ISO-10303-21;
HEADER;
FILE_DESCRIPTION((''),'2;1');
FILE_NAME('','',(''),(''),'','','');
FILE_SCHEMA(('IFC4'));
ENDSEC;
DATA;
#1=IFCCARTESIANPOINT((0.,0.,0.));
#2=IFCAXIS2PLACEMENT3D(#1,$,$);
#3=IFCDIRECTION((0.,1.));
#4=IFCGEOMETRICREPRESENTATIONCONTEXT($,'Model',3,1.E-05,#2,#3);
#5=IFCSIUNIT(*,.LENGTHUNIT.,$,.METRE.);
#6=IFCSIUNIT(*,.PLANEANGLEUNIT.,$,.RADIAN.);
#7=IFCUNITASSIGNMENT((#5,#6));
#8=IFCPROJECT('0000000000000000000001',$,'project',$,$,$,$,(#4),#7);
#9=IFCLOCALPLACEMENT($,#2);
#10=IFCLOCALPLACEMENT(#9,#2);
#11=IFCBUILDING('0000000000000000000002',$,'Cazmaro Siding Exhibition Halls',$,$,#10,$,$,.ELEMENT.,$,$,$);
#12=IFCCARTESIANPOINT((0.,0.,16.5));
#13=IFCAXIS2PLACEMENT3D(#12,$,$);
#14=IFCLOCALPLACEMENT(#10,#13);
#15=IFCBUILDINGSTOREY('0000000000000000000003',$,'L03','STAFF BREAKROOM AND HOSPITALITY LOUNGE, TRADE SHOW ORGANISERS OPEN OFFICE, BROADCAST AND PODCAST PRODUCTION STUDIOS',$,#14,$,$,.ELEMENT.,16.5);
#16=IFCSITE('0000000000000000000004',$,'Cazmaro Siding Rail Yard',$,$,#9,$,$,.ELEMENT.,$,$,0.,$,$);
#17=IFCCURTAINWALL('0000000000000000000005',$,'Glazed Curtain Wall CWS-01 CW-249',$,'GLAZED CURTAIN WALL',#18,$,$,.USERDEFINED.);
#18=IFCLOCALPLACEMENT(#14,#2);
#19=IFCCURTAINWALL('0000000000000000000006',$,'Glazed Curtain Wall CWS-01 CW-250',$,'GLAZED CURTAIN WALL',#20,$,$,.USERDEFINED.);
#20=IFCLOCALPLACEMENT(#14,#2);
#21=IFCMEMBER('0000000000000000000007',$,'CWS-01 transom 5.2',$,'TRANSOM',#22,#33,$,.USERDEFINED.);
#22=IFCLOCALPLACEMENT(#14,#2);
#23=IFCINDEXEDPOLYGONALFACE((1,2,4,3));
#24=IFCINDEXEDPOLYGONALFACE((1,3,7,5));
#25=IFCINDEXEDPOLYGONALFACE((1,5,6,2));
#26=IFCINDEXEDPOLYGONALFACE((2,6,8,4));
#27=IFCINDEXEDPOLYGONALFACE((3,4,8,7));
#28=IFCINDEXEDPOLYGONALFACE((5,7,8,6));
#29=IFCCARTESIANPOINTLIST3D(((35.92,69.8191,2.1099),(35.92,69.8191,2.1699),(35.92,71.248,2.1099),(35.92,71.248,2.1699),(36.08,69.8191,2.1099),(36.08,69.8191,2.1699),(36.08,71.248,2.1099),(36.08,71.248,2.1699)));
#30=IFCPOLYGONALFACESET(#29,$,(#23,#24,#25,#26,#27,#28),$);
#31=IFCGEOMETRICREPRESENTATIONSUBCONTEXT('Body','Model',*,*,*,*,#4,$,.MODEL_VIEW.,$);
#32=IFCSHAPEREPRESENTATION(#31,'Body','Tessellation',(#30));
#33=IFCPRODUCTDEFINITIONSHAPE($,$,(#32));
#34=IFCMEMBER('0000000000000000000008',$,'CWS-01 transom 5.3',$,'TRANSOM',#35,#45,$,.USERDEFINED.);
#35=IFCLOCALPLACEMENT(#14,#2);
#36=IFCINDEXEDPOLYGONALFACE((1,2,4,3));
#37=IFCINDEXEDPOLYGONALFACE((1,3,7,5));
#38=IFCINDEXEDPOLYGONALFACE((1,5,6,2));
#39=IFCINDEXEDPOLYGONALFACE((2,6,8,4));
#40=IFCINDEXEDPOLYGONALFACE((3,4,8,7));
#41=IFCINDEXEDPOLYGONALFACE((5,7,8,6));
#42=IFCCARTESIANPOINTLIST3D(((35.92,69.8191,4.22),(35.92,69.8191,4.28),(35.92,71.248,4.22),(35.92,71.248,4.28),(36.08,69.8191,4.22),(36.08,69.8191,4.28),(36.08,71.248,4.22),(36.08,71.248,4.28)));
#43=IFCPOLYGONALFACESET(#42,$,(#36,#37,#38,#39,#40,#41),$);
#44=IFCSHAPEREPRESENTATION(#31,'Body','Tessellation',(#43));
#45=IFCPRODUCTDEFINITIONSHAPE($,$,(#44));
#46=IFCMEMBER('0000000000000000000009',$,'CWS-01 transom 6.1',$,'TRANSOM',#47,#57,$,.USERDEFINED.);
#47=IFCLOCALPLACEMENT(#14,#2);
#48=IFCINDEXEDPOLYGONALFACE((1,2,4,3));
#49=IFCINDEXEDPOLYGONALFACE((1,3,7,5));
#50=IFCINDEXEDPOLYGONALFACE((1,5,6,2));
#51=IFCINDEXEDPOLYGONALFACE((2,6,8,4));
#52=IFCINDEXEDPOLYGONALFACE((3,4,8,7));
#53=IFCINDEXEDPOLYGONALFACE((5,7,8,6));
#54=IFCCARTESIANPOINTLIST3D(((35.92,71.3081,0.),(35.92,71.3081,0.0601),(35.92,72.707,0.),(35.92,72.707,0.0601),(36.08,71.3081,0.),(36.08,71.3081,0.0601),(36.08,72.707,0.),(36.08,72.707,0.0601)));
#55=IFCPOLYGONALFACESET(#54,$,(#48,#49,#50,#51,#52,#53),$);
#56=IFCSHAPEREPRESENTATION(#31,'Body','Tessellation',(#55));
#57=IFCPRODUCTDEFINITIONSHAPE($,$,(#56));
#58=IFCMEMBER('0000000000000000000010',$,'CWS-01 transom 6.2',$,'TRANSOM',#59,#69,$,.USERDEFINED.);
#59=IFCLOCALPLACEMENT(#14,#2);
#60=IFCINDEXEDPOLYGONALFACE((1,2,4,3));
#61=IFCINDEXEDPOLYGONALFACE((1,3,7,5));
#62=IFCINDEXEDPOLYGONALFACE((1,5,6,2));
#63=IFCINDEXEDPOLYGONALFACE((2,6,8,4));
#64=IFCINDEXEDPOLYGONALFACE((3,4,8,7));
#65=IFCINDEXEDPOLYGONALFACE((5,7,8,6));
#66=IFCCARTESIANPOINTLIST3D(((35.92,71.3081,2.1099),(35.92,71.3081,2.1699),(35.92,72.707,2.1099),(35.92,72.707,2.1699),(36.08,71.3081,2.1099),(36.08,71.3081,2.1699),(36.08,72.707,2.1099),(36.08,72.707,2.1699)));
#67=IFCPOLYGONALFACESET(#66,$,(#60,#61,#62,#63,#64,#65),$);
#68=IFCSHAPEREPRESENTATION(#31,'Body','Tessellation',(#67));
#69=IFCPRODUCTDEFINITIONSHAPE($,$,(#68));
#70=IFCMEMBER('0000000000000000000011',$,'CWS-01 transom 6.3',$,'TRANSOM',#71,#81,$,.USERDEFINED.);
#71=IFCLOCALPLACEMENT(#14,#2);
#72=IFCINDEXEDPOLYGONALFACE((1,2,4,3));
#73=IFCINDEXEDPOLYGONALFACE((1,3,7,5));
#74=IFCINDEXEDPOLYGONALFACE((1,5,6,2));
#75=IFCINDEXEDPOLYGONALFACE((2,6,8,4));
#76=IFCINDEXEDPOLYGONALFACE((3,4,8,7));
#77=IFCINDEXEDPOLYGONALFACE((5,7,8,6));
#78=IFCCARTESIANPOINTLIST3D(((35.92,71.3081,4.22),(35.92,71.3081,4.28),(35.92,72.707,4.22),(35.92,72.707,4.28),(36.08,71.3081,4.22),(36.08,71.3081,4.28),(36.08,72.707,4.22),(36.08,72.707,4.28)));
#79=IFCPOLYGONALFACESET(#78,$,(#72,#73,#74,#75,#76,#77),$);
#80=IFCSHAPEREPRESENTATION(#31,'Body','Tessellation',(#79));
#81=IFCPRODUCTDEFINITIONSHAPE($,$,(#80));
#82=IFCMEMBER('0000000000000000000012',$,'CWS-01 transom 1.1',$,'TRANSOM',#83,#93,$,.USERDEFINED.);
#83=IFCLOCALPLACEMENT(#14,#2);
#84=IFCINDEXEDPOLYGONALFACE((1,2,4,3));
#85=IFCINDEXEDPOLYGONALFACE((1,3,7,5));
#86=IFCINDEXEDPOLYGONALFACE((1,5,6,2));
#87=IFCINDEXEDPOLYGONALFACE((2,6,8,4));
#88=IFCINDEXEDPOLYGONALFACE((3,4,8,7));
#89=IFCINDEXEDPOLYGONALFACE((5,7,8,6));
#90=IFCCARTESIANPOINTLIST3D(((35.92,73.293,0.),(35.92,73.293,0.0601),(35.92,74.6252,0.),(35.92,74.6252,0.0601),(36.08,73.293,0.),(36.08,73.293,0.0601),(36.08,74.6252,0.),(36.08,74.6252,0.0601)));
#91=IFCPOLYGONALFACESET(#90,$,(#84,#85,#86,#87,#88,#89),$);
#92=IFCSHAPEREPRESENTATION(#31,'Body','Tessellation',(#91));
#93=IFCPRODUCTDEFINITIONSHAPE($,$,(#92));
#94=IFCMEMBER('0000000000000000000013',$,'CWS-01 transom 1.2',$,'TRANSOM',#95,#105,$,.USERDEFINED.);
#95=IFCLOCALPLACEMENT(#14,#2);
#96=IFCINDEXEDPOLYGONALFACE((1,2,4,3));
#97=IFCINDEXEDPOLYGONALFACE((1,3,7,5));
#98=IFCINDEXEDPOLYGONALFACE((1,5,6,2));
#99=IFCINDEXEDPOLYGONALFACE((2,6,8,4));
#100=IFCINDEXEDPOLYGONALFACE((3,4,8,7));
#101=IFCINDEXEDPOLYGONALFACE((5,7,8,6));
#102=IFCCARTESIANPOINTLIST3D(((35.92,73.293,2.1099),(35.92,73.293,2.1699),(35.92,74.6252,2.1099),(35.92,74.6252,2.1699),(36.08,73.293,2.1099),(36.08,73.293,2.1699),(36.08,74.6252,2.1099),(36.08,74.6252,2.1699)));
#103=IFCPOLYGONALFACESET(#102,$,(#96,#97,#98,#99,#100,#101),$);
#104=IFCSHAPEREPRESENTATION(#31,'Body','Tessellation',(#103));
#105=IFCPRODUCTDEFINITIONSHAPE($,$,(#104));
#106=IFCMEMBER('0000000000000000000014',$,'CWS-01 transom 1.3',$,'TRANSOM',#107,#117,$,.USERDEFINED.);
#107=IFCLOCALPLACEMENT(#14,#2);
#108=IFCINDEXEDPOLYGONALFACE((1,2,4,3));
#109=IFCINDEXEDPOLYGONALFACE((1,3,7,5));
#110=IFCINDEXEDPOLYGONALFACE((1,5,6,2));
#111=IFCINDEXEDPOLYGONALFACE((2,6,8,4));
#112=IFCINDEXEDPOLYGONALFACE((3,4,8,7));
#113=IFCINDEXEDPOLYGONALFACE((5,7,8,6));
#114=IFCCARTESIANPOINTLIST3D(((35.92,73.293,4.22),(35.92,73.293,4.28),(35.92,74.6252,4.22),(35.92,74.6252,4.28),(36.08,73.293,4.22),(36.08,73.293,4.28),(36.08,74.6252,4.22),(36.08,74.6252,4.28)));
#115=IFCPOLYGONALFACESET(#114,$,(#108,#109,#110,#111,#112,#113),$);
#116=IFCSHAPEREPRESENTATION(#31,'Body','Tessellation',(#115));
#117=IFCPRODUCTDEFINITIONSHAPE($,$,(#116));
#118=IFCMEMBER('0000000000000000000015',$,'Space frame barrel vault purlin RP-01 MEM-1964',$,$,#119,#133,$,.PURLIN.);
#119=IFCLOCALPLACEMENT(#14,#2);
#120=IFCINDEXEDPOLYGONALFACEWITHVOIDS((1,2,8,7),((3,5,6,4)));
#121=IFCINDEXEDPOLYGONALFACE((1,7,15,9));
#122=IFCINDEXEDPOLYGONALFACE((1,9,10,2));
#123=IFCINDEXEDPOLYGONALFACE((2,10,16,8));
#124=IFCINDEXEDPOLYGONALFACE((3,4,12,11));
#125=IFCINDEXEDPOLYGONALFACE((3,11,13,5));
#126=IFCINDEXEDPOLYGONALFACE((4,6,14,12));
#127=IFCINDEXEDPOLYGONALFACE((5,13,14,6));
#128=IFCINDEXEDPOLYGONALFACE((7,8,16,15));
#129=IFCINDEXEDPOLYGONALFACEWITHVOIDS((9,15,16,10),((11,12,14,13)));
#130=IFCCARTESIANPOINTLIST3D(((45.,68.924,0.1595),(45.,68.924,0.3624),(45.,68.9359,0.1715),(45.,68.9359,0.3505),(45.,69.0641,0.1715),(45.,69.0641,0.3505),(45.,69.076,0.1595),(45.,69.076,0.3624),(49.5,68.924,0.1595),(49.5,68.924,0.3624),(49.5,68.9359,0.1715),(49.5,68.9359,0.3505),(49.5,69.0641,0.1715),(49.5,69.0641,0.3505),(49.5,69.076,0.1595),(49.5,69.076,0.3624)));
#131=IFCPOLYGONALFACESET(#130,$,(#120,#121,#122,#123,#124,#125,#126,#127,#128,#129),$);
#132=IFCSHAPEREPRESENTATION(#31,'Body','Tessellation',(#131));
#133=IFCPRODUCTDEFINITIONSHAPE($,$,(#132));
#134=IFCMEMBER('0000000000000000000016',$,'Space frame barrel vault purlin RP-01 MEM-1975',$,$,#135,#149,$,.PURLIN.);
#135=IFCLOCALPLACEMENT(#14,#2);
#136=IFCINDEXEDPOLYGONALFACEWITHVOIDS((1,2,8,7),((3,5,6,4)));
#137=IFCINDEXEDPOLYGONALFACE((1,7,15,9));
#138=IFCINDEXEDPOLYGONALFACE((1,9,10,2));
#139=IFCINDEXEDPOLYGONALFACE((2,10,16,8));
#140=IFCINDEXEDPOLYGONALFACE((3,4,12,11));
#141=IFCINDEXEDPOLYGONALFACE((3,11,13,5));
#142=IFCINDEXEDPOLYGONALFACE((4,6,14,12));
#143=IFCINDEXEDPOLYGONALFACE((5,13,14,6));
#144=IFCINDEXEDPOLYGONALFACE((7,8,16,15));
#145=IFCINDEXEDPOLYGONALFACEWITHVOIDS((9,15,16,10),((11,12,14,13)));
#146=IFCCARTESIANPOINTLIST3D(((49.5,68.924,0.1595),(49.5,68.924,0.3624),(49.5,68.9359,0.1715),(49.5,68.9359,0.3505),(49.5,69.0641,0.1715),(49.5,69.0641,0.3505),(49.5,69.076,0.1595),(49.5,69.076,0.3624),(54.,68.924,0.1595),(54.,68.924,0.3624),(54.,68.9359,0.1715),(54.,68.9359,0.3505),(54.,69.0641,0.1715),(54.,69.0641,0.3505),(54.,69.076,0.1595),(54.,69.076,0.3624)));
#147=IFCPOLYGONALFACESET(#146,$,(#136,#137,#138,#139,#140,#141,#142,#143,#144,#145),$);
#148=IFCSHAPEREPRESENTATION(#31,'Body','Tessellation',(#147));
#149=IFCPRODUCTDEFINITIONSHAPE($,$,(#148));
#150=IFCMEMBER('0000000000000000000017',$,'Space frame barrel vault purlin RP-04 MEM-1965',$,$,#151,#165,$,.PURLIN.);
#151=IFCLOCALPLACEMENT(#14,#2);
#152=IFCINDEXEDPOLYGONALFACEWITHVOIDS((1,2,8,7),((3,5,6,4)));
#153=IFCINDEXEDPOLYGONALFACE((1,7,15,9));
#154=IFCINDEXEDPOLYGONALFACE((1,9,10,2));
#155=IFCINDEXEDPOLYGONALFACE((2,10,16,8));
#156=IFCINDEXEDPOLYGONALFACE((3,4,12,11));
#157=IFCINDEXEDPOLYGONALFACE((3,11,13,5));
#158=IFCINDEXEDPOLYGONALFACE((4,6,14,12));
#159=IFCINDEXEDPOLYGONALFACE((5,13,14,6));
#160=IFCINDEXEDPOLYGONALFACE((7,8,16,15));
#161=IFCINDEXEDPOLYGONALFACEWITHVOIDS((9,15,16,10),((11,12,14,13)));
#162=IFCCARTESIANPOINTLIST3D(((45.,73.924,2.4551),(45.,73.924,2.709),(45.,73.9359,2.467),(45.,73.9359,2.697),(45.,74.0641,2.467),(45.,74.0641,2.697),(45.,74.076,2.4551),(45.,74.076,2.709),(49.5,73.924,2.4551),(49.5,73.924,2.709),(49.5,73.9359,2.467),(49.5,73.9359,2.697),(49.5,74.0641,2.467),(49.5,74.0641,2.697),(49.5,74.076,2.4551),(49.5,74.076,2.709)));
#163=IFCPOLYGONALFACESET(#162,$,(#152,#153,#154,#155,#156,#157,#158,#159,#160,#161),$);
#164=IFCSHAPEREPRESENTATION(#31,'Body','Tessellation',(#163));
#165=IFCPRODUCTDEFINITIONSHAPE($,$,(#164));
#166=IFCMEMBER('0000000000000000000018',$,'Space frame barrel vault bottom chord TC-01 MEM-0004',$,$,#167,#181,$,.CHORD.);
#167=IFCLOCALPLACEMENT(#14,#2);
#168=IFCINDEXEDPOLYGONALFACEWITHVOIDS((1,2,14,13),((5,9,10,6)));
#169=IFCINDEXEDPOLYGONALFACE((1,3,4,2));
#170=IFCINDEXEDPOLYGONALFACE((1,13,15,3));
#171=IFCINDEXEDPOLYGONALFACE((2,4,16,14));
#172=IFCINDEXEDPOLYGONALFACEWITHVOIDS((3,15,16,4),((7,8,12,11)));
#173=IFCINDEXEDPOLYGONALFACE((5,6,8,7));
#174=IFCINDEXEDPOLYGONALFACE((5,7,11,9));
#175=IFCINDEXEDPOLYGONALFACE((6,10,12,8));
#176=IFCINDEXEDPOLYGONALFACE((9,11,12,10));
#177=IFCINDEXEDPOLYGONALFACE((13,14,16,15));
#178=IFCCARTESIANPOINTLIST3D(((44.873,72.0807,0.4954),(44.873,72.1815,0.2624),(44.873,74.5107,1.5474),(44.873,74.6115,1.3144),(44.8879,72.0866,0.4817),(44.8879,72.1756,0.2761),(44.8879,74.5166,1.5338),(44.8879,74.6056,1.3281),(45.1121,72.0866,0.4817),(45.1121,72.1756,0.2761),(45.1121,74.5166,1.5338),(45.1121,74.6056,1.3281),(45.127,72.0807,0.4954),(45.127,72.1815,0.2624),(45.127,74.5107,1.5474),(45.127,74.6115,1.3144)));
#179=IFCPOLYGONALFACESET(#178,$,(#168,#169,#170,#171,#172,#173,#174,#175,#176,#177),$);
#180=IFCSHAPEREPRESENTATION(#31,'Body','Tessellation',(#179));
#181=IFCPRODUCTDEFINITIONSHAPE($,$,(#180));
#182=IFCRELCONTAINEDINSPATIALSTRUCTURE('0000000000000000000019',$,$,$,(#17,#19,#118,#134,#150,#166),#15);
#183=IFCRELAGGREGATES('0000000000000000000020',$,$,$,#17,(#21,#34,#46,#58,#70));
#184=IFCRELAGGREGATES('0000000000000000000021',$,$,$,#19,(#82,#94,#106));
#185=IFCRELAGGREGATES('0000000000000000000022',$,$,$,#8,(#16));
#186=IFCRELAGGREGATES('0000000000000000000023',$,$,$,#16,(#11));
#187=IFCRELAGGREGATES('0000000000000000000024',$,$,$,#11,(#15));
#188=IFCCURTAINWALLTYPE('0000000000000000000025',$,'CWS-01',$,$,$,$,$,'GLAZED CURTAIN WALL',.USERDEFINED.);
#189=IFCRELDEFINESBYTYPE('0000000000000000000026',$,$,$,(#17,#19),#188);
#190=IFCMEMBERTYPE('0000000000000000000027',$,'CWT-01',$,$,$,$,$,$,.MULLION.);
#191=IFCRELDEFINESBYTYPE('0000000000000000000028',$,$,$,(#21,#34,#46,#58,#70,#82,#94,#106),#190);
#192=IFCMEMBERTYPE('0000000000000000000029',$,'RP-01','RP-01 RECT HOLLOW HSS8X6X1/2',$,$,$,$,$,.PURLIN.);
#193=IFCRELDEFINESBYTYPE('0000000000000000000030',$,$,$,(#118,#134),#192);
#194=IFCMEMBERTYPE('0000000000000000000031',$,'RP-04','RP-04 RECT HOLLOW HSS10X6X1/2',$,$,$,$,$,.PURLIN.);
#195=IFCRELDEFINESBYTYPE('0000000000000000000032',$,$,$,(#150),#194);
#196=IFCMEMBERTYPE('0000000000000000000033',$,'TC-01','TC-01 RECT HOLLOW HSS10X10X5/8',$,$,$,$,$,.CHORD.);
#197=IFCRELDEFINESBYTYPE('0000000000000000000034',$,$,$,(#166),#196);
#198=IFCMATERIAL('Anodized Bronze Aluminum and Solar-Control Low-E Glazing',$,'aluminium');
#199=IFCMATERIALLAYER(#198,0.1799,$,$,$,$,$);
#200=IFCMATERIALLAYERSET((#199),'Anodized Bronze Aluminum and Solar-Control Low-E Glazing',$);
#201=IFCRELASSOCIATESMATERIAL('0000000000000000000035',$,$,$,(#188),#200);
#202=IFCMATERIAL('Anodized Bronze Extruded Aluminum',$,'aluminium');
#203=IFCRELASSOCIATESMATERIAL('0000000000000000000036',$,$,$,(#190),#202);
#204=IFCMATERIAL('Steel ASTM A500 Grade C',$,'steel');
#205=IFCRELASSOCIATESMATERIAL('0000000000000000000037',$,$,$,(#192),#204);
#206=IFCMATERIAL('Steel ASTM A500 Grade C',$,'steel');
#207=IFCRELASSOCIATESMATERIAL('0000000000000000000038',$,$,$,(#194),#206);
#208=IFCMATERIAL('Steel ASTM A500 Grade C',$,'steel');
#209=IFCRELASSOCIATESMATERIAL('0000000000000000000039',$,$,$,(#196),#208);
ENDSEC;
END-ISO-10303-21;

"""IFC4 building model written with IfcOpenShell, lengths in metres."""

from ifc_helpers import new_model, si_unit, direction, frame, origin, origin_2d, place, context, subcontext, project, spatial, rectangle, hollow_rectangle, extrude, material, layer, layer_set, material_profile, profile_set, type_object, element, aggregate, save


model = new_model("IFC4")

# Units and contexts
model_context = context("Model", 3, precision=1e-05, world=origin(), true_north=direction((0.0, 1.0)))
body_context = subcontext(model_context, "Body", "Model", "MODEL_VIEW")
ifc_project = project(units=[si_unit("LENGTHUNIT", "METRE"), si_unit("PLANEANGLEUNIT", "RADIAN")], contexts=[model_context])

# Site, building, storey
site_placement = place(None, origin())
site = spatial("IfcSite", under=ifc_project, at=site_placement, Name="Cazmaro Siding Rail Yard", CompositionType="ELEMENT", RefElevation=0.0)
building_placement = place(site_placement, origin())
building = spatial("IfcBuilding", under=site, at=building_placement, Name="Cazmaro Siding Exhibition Halls", CompositionType="ELEMENT")
storey_placement = place(building_placement, frame((0.0, 0.0, 16.5)))
storey = spatial("IfcBuildingStorey", under=building, at=storey_placement, Name="L03", Description="STAFF BREAKROOM AND HOSPITALITY LOUNGE, TRADE SHOW ORGANISERS OPEN OFFICE, BROADCAST AND PODCAST PRODUCTION STUDIOS", CompositionType="ELEMENT", Elevation=16.5)

# Curtain wall
ifc_material_1 = material(Name="Anodized Bronze Aluminum and Solar-Control Low-E Glazing", Category="aluminium")
ifc_layer_1 = layer(ifc_material_1, 0.1799)
ifc_layer_set_1 = layer_set([ifc_layer_1], Name="Anodized Bronze Aluminum and Solar-Control Low-E Glazing")
curtain_wall_type = type_object("IfcCurtainWallType", Name="CWS-01", ElementType="GLAZED CURTAIN WALL", PredefinedType="USERDEFINED", material=ifc_layer_set_1)
curtain_wall_1_placement = place(storey_placement, origin())
curtain_wall_1 = element("IfcCurtainWall", 1, at=curtain_wall_1_placement, inside=storey, type_object=curtain_wall_type, Name="Glazed Curtain Wall CWS-01 CW-249", ObjectType="GLAZED CURTAIN WALL", PredefinedType="USERDEFINED")

# Curtain wall
curtain_wall_2_placement = place(storey_placement, origin())
curtain_wall_2 = element("IfcCurtainWall", 2, at=curtain_wall_2_placement, inside=storey, type_object=curtain_wall_type, Name="Glazed Curtain Wall CWS-01 CW-250", ObjectType="GLAZED CURTAIN WALL", PredefinedType="USERDEFINED")

# Members
ifc_material_2 = material(Name="Anodized Bronze Extruded Aluminum", Category="aluminium")
ifc_material_profile_1 = material_profile(ifc_material_2, rectangle(XDim=0.1599, YDim=0.0601, at=origin_2d()), Name="CWT-01")
ifc_profile_set_1 = profile_set([ifc_material_profile_1], Name="Anodized Bronze Extruded Aluminum")
member_type_1 = type_object("IfcMemberType", Name="CWT-01", PredefinedType="MULLION", material=ifc_profile_set_1)
member_1_placement = place(storey_placement, frame((36.0, 69.8191, 2.1399), z_axis=(0.0, 1.0, 0.0), x_axis=(-1.0, 0.0, 0.0)))
member_1 = element("IfcMember", 3, at=member_1_placement, type_object=member_type_1, Name="CWS-01 transom 5.2", ObjectType="TRANSOM", PredefinedType="USERDEFINED", context=body_context, shape_type="SweptSolid", body=[
    extrude(rectangle(XDim=0.1599, YDim=0.0601, at=origin_2d()), origin(), (0.0, 0.0, 1.0), 1.429),
])
member_2_placement = place(storey_placement, frame((36.0, 69.8191, 4.25), z_axis=(0.0, 1.0, 0.0), x_axis=(-1.0, 0.0, 0.0)))
member_2 = element("IfcMember", 4, at=member_2_placement, type_object=member_type_1, Name="CWS-01 transom 5.3", ObjectType="TRANSOM", PredefinedType="USERDEFINED", context=body_context, shape_type="SweptSolid", body=[
    extrude(rectangle(XDim=0.1599, YDim=0.0601, at=origin_2d()), origin(), (0.0, 0.0, 1.0), 1.429),
])
member_3_placement = place(storey_placement, frame((36.0, 71.3081, 0.03), z_axis=(0.0, 1.0, 0.0), x_axis=(-1.0, 0.0, 0.0)))
member_3 = element("IfcMember", 5, at=member_3_placement, type_object=member_type_1, Name="CWS-01 transom 6.1", ObjectType="TRANSOM", PredefinedType="USERDEFINED", context=body_context, shape_type="SweptSolid", body=[
    extrude(rectangle(XDim=0.1599, YDim=0.0601, at=origin_2d()), origin(), (0.0, 0.0, 1.0), 1.3989),
])
member_4_placement = place(storey_placement, frame((36.0, 71.3081, 2.1399), z_axis=(0.0, 1.0, 0.0), x_axis=(-1.0, 0.0, 0.0)))
member_4 = element("IfcMember", 6, at=member_4_placement, type_object=member_type_1, Name="CWS-01 transom 6.2", ObjectType="TRANSOM", PredefinedType="USERDEFINED", context=body_context, shape_type="SweptSolid", body=[
    extrude(rectangle(XDim=0.1599, YDim=0.0601, at=origin_2d()), origin(), (0.0, 0.0, 1.0), 1.3989),
])
member_5_placement = place(storey_placement, frame((36.0, 71.3081, 4.25), z_axis=(0.0, 1.0, 0.0), x_axis=(-1.0, 0.0, 0.0)))
member_5 = element("IfcMember", 7, at=member_5_placement, type_object=member_type_1, Name="CWS-01 transom 6.3", ObjectType="TRANSOM", PredefinedType="USERDEFINED", context=body_context, shape_type="SweptSolid", body=[
    extrude(rectangle(XDim=0.1599, YDim=0.0601, at=origin_2d()), origin(), (0.0, 0.0, 1.0), 1.3989),
])
member_6_placement = place(storey_placement, frame((36.0, 73.293, 0.03), z_axis=(0.0, 1.0, 0.0), x_axis=(-1.0, 0.0, 0.0)))
member_6 = element("IfcMember", 8, at=member_6_placement, type_object=member_type_1, Name="CWS-01 transom 1.1", ObjectType="TRANSOM", PredefinedType="USERDEFINED", context=body_context, shape_type="SweptSolid", body=[
    extrude(rectangle(XDim=0.1599, YDim=0.0601, at=origin_2d()), origin(), (0.0, 0.0, 1.0), 1.3323),
])
member_7_placement = place(storey_placement, frame((36.0, 73.293, 2.1399), z_axis=(0.0, 1.0, 0.0), x_axis=(-1.0, 0.0, 0.0)))
member_7 = element("IfcMember", 9, at=member_7_placement, type_object=member_type_1, Name="CWS-01 transom 1.2", ObjectType="TRANSOM", PredefinedType="USERDEFINED", context=body_context, shape_type="SweptSolid", body=[
    extrude(rectangle(XDim=0.1599, YDim=0.0601, at=origin_2d()), origin(), (0.0, 0.0, 1.0), 1.3323),
])
member_8_placement = place(storey_placement, frame((36.0, 73.293, 4.25), z_axis=(0.0, 1.0, 0.0), x_axis=(-1.0, 0.0, 0.0)))
member_8 = element("IfcMember", 10, at=member_8_placement, type_object=member_type_1, Name="CWS-01 transom 1.3", ObjectType="TRANSOM", PredefinedType="USERDEFINED", context=body_context, shape_type="SweptSolid", body=[
    extrude(rectangle(XDim=0.1599, YDim=0.0601, at=origin_2d()), origin(), (0.0, 0.0, 1.0), 1.3323),
])

# Members
ifc_material_3 = material(Name="Steel ASTM A500 Grade C", Category="steel")
ifc_material_profile_2 = material_profile(ifc_material_3, hollow_rectangle(XDim=0.1521, YDim=0.2029, WallThickness=0.012, at=origin_2d()), Name="HSS8X6X1/2")
ifc_profile_set_2 = profile_set([ifc_material_profile_2], Name="Steel ASTM A500 Grade C")
member_type_2 = type_object("IfcMemberType", Name="RP-01", Description="RP-01 RECT HOLLOW HSS8X6X1/2", PredefinedType="PURLIN", material=ifc_profile_set_2)
for number, where, z_axis, x_axis, name in (
    (11, (45.0, 69.0, 0.261), (1.0, 0.0, 0.0), (0.0, 1.0, 0.0), "Space frame barrel vault purlin RP-01 MEM-1964"),
    (12, (49.5, 69.0, 0.261), (1.0, 0.0, 0.0), (0.0, 1.0, 0.0), "Space frame barrel vault purlin RP-01 MEM-1975"),
):
    element("IfcMember", number, at=place(storey_placement, frame(where, z_axis=z_axis, x_axis=x_axis)), inside=storey, type_object=member_type_2, Name=name, PredefinedType="PURLIN", context=body_context, shape_type="SweptSolid", body=[
        extrude(hollow_rectangle(XDim=0.1521, YDim=0.2029, WallThickness=0.012, at=origin_2d()), origin(), (0.0, 0.0, 1.0), 4.5),
    ])
ifc_material_4 = material(Name="Steel ASTM A500 Grade C", Category="steel")
ifc_material_profile_3 = material_profile(ifc_material_4, hollow_rectangle(XDim=0.1521, YDim=0.2539, WallThickness=0.012, at=origin_2d()), Name="HSS10X6X1/2")
ifc_profile_set_3 = profile_set([ifc_material_profile_3], Name="Steel ASTM A500 Grade C")
member_type_3 = type_object("IfcMemberType", Name="RP-04", Description="RP-04 RECT HOLLOW HSS10X6X1/2", PredefinedType="PURLIN", material=ifc_profile_set_3)
member_9_placement = place(storey_placement, frame((45.0, 74.0, 2.582), z_axis=(1.0, 0.0, 0.0), x_axis=(0.0, 1.0, 0.0)))
element("IfcMember", 13, at=member_9_placement, inside=storey, type_object=member_type_3, Name="Space frame barrel vault purlin RP-04 MEM-1965", PredefinedType="PURLIN", context=body_context, shape_type="SweptSolid", body=[
    extrude(hollow_rectangle(XDim=0.1521, YDim=0.2539, WallThickness=0.012, at=origin_2d()), origin(), (0.0, 0.0, 1.0), 4.5),
])
ifc_material_5 = material(Name="Steel ASTM A500 Grade C", Category="steel")
ifc_material_profile_4 = material_profile(ifc_material_5, hollow_rectangle(XDim=0.2539, YDim=0.2539, WallThickness=0.0149, at=origin_2d()), Name="HSS10X10X5/8")
ifc_profile_set_4 = profile_set([ifc_material_profile_4], Name="Steel ASTM A500 Grade C")
member_type_4 = type_object("IfcMemberType", Name="TC-01", Description="TC-01 RECT HOLLOW HSS10X10X5/8", PredefinedType="CHORD", material=ifc_profile_set_4)
member_10_placement = place(storey_placement, frame((45.0, 72.1311, 0.3789), z_axis=(0.0, 0.917689, 0.397299), x_axis=(-1.0, 0.0, 0.0)))
element("IfcMember", 14, at=member_10_placement, inside=storey, type_object=member_type_4, Name="Space frame barrel vault bottom chord TC-01 MEM-0004", PredefinedType="CHORD", context=body_context, shape_type="SweptSolid", body=[
    extrude(hollow_rectangle(XDim=0.2539, YDim=0.2539, WallThickness=0.0149, at=origin_2d()), origin(), (0.0, 0.0, 1.0), 2.6479),
])

aggregate(curtain_wall_1, [member_1, member_2, member_3, member_4, member_5])
aggregate(curtain_wall_2, [member_6, member_7, member_8])

save(model, "model.ifc")
